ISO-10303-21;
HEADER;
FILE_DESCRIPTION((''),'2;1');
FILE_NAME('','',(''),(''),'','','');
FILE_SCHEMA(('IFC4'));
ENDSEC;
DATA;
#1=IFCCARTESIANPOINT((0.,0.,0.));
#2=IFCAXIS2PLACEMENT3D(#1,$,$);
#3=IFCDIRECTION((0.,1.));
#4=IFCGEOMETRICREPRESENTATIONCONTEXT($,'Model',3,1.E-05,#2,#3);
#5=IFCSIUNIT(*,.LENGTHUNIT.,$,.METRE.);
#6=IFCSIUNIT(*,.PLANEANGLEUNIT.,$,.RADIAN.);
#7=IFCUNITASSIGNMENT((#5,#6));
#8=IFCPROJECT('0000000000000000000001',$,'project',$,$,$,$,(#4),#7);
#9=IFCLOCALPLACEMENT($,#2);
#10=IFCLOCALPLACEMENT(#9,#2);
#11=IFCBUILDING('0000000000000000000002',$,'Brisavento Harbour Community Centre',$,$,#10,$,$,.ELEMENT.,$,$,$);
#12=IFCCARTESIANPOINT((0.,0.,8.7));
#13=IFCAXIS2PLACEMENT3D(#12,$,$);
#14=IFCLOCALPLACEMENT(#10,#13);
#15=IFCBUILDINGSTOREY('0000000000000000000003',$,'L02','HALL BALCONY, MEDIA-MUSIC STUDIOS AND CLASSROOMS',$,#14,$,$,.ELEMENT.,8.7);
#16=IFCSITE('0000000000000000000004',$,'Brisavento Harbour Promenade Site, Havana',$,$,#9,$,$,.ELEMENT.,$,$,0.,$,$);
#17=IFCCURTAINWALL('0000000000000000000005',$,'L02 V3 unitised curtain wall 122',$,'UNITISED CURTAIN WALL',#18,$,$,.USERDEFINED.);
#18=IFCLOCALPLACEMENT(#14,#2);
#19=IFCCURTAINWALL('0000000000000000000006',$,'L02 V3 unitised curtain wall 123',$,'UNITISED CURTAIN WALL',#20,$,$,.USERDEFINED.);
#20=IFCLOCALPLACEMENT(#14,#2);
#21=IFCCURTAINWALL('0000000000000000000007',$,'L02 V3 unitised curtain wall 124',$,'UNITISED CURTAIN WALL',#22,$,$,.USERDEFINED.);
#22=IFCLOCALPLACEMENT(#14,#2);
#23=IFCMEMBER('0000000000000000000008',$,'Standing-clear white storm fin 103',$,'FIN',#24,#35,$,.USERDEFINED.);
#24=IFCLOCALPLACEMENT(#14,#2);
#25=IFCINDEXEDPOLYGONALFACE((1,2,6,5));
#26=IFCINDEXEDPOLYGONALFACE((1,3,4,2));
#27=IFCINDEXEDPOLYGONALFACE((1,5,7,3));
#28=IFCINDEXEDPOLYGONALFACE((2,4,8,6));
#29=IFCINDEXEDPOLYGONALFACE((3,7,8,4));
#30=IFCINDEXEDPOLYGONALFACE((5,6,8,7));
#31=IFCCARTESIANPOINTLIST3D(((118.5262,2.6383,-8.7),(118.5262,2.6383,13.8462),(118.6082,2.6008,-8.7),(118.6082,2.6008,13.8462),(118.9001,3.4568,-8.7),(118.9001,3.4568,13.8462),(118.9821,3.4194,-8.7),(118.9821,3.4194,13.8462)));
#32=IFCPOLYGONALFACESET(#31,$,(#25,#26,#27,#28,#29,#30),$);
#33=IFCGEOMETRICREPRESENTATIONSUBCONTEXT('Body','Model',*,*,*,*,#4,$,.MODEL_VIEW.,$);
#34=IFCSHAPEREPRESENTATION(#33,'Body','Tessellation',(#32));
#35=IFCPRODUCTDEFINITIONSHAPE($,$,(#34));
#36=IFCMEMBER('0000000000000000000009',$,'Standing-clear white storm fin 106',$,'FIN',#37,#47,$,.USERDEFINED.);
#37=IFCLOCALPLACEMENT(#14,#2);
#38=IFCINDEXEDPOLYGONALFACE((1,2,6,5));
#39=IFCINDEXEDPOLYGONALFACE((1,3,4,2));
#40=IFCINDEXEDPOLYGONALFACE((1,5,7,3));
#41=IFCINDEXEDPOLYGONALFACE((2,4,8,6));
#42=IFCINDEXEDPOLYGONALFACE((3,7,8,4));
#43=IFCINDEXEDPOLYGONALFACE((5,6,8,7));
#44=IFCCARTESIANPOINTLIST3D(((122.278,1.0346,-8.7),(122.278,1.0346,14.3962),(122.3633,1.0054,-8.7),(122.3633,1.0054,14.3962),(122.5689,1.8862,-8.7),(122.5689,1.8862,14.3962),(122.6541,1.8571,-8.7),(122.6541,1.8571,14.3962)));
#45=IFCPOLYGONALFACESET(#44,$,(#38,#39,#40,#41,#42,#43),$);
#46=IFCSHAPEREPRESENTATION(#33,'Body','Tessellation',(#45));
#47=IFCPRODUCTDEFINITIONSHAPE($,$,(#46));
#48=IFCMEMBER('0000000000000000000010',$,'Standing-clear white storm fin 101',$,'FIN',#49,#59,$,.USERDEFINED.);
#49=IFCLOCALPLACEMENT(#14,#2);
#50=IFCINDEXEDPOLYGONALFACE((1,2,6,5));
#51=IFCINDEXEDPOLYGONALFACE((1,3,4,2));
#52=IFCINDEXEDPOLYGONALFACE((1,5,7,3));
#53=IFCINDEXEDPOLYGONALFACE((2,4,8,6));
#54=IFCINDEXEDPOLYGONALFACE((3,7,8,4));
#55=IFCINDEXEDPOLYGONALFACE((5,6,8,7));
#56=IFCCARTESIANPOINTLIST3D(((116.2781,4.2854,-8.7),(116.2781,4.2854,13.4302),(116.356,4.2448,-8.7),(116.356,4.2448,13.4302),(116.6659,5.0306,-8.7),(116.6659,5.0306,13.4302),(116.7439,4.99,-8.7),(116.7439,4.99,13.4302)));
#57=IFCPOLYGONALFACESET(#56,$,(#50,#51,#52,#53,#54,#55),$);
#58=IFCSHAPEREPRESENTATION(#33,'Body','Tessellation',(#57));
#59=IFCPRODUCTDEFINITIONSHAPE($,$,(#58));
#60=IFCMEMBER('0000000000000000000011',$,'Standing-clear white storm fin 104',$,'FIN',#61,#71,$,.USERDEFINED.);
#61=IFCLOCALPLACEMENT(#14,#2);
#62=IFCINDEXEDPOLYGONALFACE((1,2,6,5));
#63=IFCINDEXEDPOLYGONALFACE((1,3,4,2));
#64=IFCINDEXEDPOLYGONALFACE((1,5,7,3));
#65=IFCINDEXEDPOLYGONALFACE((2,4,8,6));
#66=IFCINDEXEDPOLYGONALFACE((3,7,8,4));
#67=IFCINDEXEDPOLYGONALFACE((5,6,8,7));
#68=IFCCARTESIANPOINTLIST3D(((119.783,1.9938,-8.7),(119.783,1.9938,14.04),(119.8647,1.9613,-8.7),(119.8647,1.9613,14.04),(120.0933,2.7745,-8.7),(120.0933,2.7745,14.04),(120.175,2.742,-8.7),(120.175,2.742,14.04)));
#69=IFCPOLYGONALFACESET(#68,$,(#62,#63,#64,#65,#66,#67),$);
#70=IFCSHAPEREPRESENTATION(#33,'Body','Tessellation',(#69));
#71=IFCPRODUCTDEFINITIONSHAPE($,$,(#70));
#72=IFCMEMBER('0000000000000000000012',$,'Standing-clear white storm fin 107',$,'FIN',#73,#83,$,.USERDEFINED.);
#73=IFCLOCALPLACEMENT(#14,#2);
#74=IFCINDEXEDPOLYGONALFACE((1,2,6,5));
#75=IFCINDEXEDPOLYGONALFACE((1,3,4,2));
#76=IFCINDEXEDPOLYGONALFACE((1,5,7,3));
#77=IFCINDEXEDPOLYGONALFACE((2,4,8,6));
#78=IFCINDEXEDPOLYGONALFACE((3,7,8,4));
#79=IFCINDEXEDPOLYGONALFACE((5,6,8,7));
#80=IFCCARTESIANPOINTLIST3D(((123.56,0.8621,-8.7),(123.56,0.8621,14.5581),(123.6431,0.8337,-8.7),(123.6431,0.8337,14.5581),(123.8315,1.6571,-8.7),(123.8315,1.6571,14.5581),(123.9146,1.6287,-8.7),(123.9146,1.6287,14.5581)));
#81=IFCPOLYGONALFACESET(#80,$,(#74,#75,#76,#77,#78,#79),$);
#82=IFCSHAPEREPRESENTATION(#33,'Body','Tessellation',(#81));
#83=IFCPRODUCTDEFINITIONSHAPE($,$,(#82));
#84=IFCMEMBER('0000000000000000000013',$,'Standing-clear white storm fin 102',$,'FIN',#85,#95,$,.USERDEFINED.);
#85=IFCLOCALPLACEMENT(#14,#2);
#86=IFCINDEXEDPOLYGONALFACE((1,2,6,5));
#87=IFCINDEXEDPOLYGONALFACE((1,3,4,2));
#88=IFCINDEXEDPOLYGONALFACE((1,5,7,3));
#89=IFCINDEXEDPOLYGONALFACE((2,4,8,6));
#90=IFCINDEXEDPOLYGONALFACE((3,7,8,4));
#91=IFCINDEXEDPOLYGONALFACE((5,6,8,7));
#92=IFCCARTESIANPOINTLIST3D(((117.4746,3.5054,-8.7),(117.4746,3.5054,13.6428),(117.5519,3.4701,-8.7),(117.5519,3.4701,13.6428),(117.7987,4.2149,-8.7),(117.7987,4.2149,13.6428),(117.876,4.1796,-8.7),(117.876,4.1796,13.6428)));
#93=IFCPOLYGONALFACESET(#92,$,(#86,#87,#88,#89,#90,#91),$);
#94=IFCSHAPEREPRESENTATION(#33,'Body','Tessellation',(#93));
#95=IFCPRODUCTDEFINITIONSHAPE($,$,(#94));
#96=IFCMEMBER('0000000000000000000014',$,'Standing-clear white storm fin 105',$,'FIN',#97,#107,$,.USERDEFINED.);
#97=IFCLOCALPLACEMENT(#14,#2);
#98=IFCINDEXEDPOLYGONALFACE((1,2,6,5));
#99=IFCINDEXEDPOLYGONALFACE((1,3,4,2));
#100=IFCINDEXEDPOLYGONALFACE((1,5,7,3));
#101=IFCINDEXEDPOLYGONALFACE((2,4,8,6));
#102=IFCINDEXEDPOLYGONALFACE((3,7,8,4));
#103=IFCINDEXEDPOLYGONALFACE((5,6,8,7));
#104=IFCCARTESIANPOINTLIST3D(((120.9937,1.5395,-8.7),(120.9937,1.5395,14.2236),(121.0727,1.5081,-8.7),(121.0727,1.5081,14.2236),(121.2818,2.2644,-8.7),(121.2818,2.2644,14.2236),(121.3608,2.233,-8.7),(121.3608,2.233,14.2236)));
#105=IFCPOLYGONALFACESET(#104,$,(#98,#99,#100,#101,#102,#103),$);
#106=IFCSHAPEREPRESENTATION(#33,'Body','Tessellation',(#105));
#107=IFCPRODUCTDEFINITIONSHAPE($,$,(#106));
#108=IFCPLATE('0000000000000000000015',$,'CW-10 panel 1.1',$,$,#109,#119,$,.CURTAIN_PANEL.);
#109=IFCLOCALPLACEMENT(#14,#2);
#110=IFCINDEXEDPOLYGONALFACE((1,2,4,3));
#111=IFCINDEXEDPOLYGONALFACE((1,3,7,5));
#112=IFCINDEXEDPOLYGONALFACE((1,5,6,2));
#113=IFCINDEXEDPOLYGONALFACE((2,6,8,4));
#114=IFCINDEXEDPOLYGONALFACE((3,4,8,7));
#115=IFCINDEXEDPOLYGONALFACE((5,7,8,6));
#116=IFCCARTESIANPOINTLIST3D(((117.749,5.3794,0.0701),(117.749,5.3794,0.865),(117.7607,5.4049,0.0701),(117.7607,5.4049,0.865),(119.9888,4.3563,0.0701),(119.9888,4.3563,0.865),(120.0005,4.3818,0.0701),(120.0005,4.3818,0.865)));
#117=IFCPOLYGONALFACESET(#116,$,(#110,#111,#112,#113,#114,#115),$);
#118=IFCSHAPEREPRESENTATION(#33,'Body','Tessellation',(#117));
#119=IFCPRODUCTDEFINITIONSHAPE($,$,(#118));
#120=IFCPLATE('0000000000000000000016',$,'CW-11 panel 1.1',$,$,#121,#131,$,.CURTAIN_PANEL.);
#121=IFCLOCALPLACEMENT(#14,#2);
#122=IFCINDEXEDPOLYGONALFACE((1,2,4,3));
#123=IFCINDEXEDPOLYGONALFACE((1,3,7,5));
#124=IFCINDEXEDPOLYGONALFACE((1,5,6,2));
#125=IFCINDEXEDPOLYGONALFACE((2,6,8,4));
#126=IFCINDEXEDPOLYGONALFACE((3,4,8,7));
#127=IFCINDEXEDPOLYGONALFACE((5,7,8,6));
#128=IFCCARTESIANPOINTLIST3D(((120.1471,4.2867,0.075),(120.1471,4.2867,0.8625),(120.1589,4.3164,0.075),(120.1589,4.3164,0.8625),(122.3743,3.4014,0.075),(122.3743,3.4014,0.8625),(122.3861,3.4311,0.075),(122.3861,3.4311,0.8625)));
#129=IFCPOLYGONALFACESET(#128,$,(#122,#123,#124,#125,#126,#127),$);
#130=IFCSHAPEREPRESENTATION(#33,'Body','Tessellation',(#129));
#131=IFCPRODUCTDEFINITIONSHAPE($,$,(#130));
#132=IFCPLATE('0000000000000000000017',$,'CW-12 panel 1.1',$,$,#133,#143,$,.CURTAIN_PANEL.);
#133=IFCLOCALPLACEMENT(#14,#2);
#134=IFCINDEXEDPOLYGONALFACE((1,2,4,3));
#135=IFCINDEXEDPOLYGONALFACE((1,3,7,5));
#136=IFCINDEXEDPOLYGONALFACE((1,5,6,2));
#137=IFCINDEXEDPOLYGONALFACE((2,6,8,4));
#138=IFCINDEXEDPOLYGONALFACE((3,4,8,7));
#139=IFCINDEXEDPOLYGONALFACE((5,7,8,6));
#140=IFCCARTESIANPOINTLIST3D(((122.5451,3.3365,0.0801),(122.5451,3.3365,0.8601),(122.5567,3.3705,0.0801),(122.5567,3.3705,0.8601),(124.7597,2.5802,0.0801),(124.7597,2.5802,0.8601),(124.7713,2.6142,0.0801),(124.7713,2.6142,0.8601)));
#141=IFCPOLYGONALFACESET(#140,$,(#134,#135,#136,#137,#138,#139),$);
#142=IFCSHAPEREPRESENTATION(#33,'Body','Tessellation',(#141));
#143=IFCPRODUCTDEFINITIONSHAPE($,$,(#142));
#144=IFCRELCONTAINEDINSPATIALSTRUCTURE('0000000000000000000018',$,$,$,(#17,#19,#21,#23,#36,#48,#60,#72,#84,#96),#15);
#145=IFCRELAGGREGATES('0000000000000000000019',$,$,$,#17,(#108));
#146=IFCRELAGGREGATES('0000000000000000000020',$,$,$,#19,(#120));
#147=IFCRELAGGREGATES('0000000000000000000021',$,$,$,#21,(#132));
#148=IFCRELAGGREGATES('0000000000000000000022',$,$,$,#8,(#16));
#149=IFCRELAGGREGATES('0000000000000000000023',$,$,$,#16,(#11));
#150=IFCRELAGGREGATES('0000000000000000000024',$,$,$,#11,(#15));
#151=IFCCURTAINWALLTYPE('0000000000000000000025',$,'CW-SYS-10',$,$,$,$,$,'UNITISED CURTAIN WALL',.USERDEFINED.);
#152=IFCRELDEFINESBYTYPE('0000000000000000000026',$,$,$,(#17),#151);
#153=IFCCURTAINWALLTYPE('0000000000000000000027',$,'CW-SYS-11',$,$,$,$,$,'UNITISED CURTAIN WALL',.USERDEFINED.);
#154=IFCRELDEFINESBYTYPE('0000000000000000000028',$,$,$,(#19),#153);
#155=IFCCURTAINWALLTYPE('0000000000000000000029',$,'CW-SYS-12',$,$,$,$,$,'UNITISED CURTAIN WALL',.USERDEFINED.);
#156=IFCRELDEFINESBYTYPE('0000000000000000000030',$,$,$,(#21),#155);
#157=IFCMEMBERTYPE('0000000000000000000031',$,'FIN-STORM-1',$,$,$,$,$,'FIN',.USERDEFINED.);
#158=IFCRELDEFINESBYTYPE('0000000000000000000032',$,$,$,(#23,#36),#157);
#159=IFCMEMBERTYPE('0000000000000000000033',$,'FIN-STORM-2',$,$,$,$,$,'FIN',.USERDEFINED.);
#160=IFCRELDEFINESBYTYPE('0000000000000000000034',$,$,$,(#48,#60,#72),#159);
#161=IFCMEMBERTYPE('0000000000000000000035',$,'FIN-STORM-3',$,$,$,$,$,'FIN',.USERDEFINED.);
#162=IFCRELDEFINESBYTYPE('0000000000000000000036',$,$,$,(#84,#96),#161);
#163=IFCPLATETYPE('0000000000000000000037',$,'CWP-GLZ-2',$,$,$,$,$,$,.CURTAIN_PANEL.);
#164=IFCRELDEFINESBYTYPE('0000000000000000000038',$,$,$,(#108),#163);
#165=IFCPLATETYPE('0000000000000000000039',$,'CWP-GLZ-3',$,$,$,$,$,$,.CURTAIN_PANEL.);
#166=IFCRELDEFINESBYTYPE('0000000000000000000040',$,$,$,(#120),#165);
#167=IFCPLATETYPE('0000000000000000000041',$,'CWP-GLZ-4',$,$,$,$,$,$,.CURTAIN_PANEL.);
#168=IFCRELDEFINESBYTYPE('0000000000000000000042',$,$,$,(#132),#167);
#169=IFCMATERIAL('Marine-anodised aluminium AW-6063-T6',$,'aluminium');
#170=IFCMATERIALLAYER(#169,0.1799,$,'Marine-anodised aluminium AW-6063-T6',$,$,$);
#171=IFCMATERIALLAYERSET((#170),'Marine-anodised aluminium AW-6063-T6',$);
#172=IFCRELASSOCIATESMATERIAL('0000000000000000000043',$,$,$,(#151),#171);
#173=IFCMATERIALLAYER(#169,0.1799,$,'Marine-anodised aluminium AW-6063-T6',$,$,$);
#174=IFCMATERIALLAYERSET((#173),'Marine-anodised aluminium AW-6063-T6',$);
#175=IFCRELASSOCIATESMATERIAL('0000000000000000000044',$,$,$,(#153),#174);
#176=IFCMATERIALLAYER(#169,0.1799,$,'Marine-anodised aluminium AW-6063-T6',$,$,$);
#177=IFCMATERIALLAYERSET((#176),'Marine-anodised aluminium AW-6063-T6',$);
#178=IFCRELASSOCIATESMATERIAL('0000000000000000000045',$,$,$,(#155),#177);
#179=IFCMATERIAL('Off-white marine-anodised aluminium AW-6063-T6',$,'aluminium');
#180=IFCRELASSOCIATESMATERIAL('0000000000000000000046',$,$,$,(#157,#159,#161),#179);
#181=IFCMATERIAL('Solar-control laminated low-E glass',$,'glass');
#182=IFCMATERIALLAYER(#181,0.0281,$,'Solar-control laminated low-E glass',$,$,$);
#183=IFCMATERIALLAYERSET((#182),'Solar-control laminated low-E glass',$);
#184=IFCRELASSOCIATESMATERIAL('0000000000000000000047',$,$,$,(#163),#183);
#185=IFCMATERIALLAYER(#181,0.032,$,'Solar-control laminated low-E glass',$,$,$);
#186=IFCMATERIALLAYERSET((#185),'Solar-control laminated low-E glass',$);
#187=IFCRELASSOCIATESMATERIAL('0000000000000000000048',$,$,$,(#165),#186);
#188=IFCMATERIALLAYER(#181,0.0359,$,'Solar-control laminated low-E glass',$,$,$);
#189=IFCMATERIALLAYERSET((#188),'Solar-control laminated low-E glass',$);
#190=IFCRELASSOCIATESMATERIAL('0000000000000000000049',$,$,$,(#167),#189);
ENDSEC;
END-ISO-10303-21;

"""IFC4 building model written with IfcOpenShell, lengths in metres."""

from ifc_helpers import new_model, si_unit, direction, frame, origin, origin_2d, place, context, subcontext, project, spatial, rectangle, extrude, material, layer, layer_set, material_profile, profile_set, type_object, element, aggregate, save


model = new_model("IFC4")

# Units and contexts
model_context = context("Model", 3, precision=1e-05, world=origin(), true_north=direction((0.0, 1.0)))
body_context = subcontext(model_context, "Body", "Model", "MODEL_VIEW")
ifc_project = project(units=[si_unit("LENGTHUNIT", "METRE"), si_unit("PLANEANGLEUNIT", "RADIAN")], contexts=[model_context])

# Site, building, storey
site_placement = place(None, origin())
site = spatial("IfcSite", under=ifc_project, at=site_placement, Name="Brisavento Harbour Promenade Site, Havana", CompositionType="ELEMENT", RefElevation=0.0)
building_placement = place(site_placement, origin())
building = spatial("IfcBuilding", under=site, at=building_placement, Name="Brisavento Harbour Community Centre", CompositionType="ELEMENT")
storey_placement = place(building_placement, frame((0.0, 0.0, 8.7)))
storey = spatial("IfcBuildingStorey", under=building, at=storey_placement, Name="L02", Description="HALL BALCONY, MEDIA-MUSIC STUDIOS AND CLASSROOMS", CompositionType="ELEMENT", Elevation=8.7)

# Shared definitions
ifc_material_1 = material(Name="Marine-anodised aluminium AW-6063-T6", Category="aluminium")

# Curtain walls
ifc_layer_1 = layer(ifc_material_1, 0.1799, Name="Marine-anodised aluminium AW-6063-T6")
ifc_layer_set_1 = layer_set([ifc_layer_1], Name="Marine-anodised aluminium AW-6063-T6")
curtain_wall_type_1 = type_object("IfcCurtainWallType", Name="CW-SYS-10", ElementType="UNITISED CURTAIN WALL", PredefinedType="USERDEFINED", material=ifc_layer_set_1)
curtain_wall_1_placement = place(storey_placement, origin())
curtain_wall_1 = element("IfcCurtainWall", 1, at=curtain_wall_1_placement, inside=storey, type_object=curtain_wall_type_1, Name="L02 V3 unitised curtain wall 122", ObjectType="UNITISED CURTAIN WALL", PredefinedType="USERDEFINED")
ifc_layer_2 = layer(ifc_material_1, 0.1799, Name="Marine-anodised aluminium AW-6063-T6")
ifc_layer_set_2 = layer_set([ifc_layer_2], Name="Marine-anodised aluminium AW-6063-T6")
curtain_wall_type_2 = type_object("IfcCurtainWallType", Name="CW-SYS-11", ElementType="UNITISED CURTAIN WALL", PredefinedType="USERDEFINED", material=ifc_layer_set_2)
curtain_wall_2_placement = place(storey_placement, origin())
curtain_wall_2 = element("IfcCurtainWall", 2, at=curtain_wall_2_placement, inside=storey, type_object=curtain_wall_type_2, Name="L02 V3 unitised curtain wall 123", ObjectType="UNITISED CURTAIN WALL", PredefinedType="USERDEFINED")

# Curtain wall
ifc_layer_3 = layer(ifc_material_1, 0.1799, Name="Marine-anodised aluminium AW-6063-T6")
ifc_layer_set_3 = layer_set([ifc_layer_3], Name="Marine-anodised aluminium AW-6063-T6")
curtain_wall_type_3 = type_object("IfcCurtainWallType", Name="CW-SYS-12", ElementType="UNITISED CURTAIN WALL", PredefinedType="USERDEFINED", material=ifc_layer_set_3)
curtain_wall_3_placement = place(storey_placement, origin())
curtain_wall_3 = element("IfcCurtainWall", 3, at=curtain_wall_3_placement, inside=storey, type_object=curtain_wall_type_3, Name="L02 V3 unitised curtain wall 124", ObjectType="UNITISED CURTAIN WALL", PredefinedType="USERDEFINED")

# Members
ifc_material_2 = material(Name="Off-white marine-anodised aluminium AW-6063-T6", Category="aluminium")
ifc_material_profile_1 = material_profile(ifc_material_2, rectangle(XDim=0.0901, YDim=0.8999, at=origin_2d()), Name="Off-white marine-anodised aluminium AW-6063-T6")
ifc_profile_set_1 = profile_set([ifc_material_profile_1], Name="Off-white marine-anodised aluminium AW-6063-T6")
member_type_1 = type_object("IfcMemberType", Name="FIN-STORM-1", ElementType="FIN", PredefinedType="USERDEFINED", material=ifc_profile_set_1)
member_1_placement = place(storey_placement, frame((118.7542, 3.0288, -8.7), z_axis=(0.0, 0.0, 1.0), x_axis=(-0.909585, 0.415519, 0.0)))
element("IfcMember", 4, at=member_1_placement, inside=storey, type_object=member_type_1, Name="Standing-clear white storm fin 103", ObjectType="FIN", PredefinedType="USERDEFINED", context=body_context, shape_type="SweptSolid", body=[
    extrude(rectangle(XDim=0.0901, YDim=0.8999, at=origin_2d()), origin(), (0.0, 0.0, 1.0), 22.5461),
])
member_2_placement = place(storey_placement, frame((122.4661, 1.4458, -8.7), z_axis=(0.0, 0.0, 1.0), x_axis=(-0.946339, 0.323174, 0.0)))
element("IfcMember", 5, at=member_2_placement, inside=storey, type_object=member_type_1, Name="Standing-clear white storm fin 106", ObjectType="FIN", PredefinedType="USERDEFINED", context=body_context, shape_type="SweptSolid", body=[
    extrude(rectangle(XDim=0.0901, YDim=0.8999, at=origin_2d()), origin(), (0.0, 0.0, 1.0), 23.0962),
])
ifc_material_profile_2 = material_profile(ifc_material_2, rectangle(XDim=0.0879, YDim=0.8401, at=origin_2d()), Name="Off-white marine-anodised aluminium AW-6063-T6")
ifc_profile_set_2 = profile_set([ifc_material_profile_2], Name="Off-white marine-anodised aluminium AW-6063-T6")
member_type_2 = type_object("IfcMemberType", Name="FIN-STORM-2", ElementType="FIN", PredefinedType="USERDEFINED", material=ifc_profile_set_2)
member_3_placement = place(storey_placement, frame((116.511, 4.6377, -8.7), z_axis=(0.0, 0.0, 1.0), x_axis=(-0.887035, 0.461702, 0.0)))
element("IfcMember", 6, at=member_3_placement, inside=storey, type_object=member_type_2, Name="Standing-clear white storm fin 101", ObjectType="FIN", PredefinedType="USERDEFINED", context=body_context, shape_type="SweptSolid", body=[
    extrude(rectangle(XDim=0.0879, YDim=0.8401, at=origin_2d()), origin(), (0.0, 0.0, 1.0), 22.1301),
])
member_4_placement = place(storey_placement, frame((119.979, 2.3679, -8.7), z_axis=(0.0, 0.0, 1.0), x_axis=(-0.929294, 0.369341, 0.0)))
element("IfcMember", 7, at=member_4_placement, inside=storey, type_object=member_type_2, Name="Standing-clear white storm fin 104", ObjectType="FIN", PredefinedType="USERDEFINED", context=body_context, shape_type="SweptSolid", body=[
    extrude(rectangle(XDim=0.0879, YDim=0.8401, at=origin_2d()), origin(), (0.0, 0.0, 1.0), 22.74),
])
member_5_placement = place(storey_placement, frame((123.7373, 1.2454, -8.7), z_axis=(0.0, 0.0, 1.0), x_axis=(-0.946339, 0.323174, 0.0)))
element("IfcMember", 8, at=member_5_placement, inside=storey, type_object=member_type_2, Name="Standing-clear white storm fin 107", ObjectType="FIN", PredefinedType="USERDEFINED", context=body_context, shape_type="SweptSolid", body=[
    extrude(rectangle(XDim=0.0879, YDim=0.8401, at=origin_2d()), origin(), (0.0, 0.0, 1.0), 23.2581),
])
ifc_material_profile_3 = material_profile(ifc_material_2, rectangle(XDim=0.085, YDim=0.78, at=origin_2d()), Name="Off-white marine-anodised aluminium AW-6063-T6")
ifc_profile_set_3 = profile_set([ifc_material_profile_3], Name="Off-white marine-anodised aluminium AW-6063-T6")
member_type_3 = type_object("IfcMemberType", Name="FIN-STORM-3", ElementType="FIN", PredefinedType="USERDEFINED", material=ifc_profile_set_3)
member_6_placement = place(storey_placement, frame((117.6753, 3.8425, -8.7), z_axis=(0.0, 0.0, 1.0), x_axis=(-0.909585, 0.415519, 0.0)))
element("IfcMember", 9, at=member_6_placement, inside=storey, type_object=member_type_3, Name="Standing-clear white storm fin 102", ObjectType="FIN", PredefinedType="USERDEFINED", context=body_context, shape_type="SweptSolid", body=[
    extrude(rectangle(XDim=0.085, YDim=0.78, at=origin_2d()), origin(), (0.0, 0.0, 1.0), 22.3428),
])
member_7_placement = place(storey_placement, frame((121.1772, 1.8862, -8.7), z_axis=(0.0, 0.0, 1.0), x_axis=(-0.929294, 0.369341, 0.0)))
element("IfcMember", 10, at=member_7_placement, inside=storey, type_object=member_type_3, Name="Standing-clear white storm fin 105", ObjectType="FIN", PredefinedType="USERDEFINED", context=body_context, shape_type="SweptSolid", body=[
    extrude(rectangle(XDim=0.085, YDim=0.78, at=origin_2d()), origin(), (0.0, 0.0, 1.0), 22.9236),
])

# Plates
ifc_material_3 = material(Name="Solar-control laminated low-E glass", Category="glass")
ifc_layer_4 = layer(ifc_material_3, 0.0281, Name="Solar-control laminated low-E glass")
ifc_layer_set_4 = layer_set([ifc_layer_4], Name="Solar-control laminated low-E glass")
plate_type_1 = type_object("IfcPlateType", Name="CWP-GLZ-2", PredefinedType="CURTAIN_PANEL", material=ifc_layer_set_4)
plate_1_placement = place(storey_placement, frame((118.8748, 4.8806, 0.0701), z_axis=(0.0, 0.0, 1.0), x_axis=(-0.909598, 0.41549, 0.0)))
plate_1 = element("IfcPlate", 11, at=plate_1_placement, type_object=plate_type_1, Name="CW-10 panel 1.1", PredefinedType="CURTAIN_PANEL", context=body_context, shape_type="SweptSolid", body=[
    extrude(rectangle(XDim=2.4624, YDim=0.0281, at=origin_2d()), origin(), (0.0, 0.0, 1.0), 0.7949),
])
aggregate(curtain_wall_1, [plate_1])
ifc_layer_5 = layer(ifc_material_3, 0.032, Name="Solar-control laminated low-E glass")
ifc_layer_set_5 = layer_set([ifc_layer_5], Name="Solar-control laminated low-E glass")
plate_type_2 = type_object("IfcPlateType", Name="CWP-GLZ-3", PredefinedType="CURTAIN_PANEL", material=ifc_layer_set_5)
plate_2_placement = place(storey_placement, frame((121.2666, 3.8589, 0.075), z_axis=(0.0, 0.0, 1.0), x_axis=(-0.929279, 0.369379, 0.0)))
plate_2 = element("IfcPlate", 12, at=plate_2_placement, type_object=plate_type_2, Name="CW-11 panel 1.1", PredefinedType="CURTAIN_PANEL", context=body_context, shape_type="SweptSolid", body=[
    extrude(rectangle(XDim=2.3967, YDim=0.032, at=origin_2d()), origin(), (0.0, 0.0, 1.0), 0.7876),
])
aggregate(curtain_wall_2, [plate_2])
ifc_layer_6 = layer(ifc_material_3, 0.0359, Name="Solar-control laminated low-E glass")
ifc_layer_set_6 = layer_set([ifc_layer_6], Name="Solar-control laminated low-E glass")
plate_type_3 = type_object("IfcPlateType", Name="CWP-GLZ-4", PredefinedType="CURTAIN_PANEL", material=ifc_layer_set_6)
plate_3_placement = place(storey_placement, frame((123.6582, 2.9753, 0.0801), z_axis=(0.0, 0.0, 1.0), x_axis=(-0.946338, 0.323179, 0.0)))
plate_3 = element("IfcPlate", 13, at=plate_3_placement, type_object=plate_type_3, Name="CW-12 panel 1.1", PredefinedType="CURTAIN_PANEL", context=body_context, shape_type="SweptSolid", body=[
    extrude(rectangle(XDim=2.3401, YDim=0.0359, at=origin_2d()), origin(), (0.0, 0.0, 1.0), 0.78),
])
aggregate(curtain_wall_3, [plate_3])

save(model, "model.ifc")
